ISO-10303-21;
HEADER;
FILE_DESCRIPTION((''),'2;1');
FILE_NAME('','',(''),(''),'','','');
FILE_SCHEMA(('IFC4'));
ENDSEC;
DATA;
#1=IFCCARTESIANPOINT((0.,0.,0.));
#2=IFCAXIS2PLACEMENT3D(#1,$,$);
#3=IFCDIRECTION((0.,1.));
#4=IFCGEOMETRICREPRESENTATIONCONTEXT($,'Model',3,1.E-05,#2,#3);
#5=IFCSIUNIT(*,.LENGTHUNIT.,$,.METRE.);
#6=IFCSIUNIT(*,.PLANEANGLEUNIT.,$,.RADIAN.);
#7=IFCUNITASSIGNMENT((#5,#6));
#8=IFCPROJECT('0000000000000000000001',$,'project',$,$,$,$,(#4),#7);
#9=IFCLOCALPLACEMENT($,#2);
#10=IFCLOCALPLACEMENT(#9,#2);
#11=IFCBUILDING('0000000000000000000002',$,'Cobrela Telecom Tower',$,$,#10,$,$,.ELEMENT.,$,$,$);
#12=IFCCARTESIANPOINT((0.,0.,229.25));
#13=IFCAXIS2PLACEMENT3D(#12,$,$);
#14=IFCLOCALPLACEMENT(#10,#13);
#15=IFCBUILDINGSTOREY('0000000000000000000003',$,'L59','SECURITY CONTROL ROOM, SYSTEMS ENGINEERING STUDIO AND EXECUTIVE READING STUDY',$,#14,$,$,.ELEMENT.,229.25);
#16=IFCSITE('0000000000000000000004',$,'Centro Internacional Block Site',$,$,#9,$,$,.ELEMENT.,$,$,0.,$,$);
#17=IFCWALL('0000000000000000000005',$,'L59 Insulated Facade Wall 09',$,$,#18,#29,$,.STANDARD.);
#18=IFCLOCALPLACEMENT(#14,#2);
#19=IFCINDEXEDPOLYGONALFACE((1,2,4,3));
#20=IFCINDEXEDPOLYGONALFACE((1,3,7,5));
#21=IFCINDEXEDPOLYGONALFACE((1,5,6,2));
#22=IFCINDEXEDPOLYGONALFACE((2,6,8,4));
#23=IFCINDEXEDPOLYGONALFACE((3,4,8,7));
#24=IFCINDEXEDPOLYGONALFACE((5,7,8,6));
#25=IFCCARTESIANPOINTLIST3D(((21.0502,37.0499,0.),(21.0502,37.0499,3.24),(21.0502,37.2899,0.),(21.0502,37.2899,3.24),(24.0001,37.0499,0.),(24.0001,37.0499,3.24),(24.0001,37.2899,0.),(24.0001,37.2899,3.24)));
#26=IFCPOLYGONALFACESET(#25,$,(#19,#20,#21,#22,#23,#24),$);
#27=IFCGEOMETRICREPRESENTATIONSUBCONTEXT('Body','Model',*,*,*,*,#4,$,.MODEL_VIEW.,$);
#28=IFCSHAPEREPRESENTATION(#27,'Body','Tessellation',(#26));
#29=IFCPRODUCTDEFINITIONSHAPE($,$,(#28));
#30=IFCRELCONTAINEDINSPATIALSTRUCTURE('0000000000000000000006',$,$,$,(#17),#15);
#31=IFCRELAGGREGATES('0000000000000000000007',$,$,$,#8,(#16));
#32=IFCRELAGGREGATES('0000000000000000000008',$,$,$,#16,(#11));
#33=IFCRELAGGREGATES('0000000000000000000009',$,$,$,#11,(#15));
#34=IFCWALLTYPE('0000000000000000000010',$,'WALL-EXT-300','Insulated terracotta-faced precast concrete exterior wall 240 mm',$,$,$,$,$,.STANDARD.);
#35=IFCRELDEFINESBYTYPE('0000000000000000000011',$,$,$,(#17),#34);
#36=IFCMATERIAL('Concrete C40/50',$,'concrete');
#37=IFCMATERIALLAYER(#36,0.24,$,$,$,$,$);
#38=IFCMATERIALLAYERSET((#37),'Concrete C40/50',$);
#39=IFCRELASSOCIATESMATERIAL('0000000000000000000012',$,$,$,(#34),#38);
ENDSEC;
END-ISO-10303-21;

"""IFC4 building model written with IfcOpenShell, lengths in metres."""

from ifc_helpers import new_model, si_unit, direction, frame, frame_2d, origin, place, context, subcontext, project, spatial, rectangle, extrude, material, layer, layer_set, type_object, element, save


model = new_model("IFC4")

# Units and contexts
model_context = context("Model", 3, precision=1e-05, world=origin(), true_north=direction((0.0, 1.0)))
body_context = subcontext(model_context, "Body", "Model", "MODEL_VIEW")
ifc_project = project(units=[si_unit("LENGTHUNIT", "METRE"), si_unit("PLANEANGLEUNIT", "RADIAN")], contexts=[model_context])

# Site, building, storey
site_placement = place(None, origin())
site = spatial("IfcSite", under=ifc_project, at=site_placement, Name="Centro Internacional Block Site", CompositionType="ELEMENT", RefElevation=0.0)
building_placement = place(site_placement, origin())
building = spatial("IfcBuilding", under=site, at=building_placement, Name="Cobrela Telecom Tower", CompositionType="ELEMENT")
storey_placement = place(building_placement, frame((0.0, 0.0, 229.25)))
storey = spatial("IfcBuildingStorey", under=building, at=storey_placement, Name="L59", Description="SECURITY CONTROL ROOM, SYSTEMS ENGINEERING STUDIO AND EXECUTIVE READING STUDY", CompositionType="ELEMENT", Elevation=229.25)

# Wall
ifc_material_1 = material(Name="Concrete C40/50", Category="concrete")
ifc_layer_1 = layer(ifc_material_1, 0.24)
ifc_layer_set_1 = layer_set([ifc_layer_1], Name="Concrete C40/50")
wall_type = type_object("IfcWallType", Name="WALL-EXT-300", Description="Insulated terracotta-faced precast concrete exterior wall 240 mm", PredefinedType="STANDARD", material=ifc_layer_set_1)
wall_1_placement = place(storey_placement, frame((21.05, 37.1699, 0.0), z_axis=(0.0, 0.0, 1.0), x_axis=(1.0, 0.0, 0.0)))
element("IfcWall", 1, at=wall_1_placement, inside=storey, type_object=wall_type, Name="L59 Insulated Facade Wall 09", PredefinedType="STANDARD", context=body_context, shape_type="SweptSolid", body=[
    extrude(rectangle(XDim=2.95, YDim=0.24, at=frame_2d((1.4751, 0.0))), origin(), (0.0, 0.0, 1.0), 3.24),
])

save(model, "model.ifc")
